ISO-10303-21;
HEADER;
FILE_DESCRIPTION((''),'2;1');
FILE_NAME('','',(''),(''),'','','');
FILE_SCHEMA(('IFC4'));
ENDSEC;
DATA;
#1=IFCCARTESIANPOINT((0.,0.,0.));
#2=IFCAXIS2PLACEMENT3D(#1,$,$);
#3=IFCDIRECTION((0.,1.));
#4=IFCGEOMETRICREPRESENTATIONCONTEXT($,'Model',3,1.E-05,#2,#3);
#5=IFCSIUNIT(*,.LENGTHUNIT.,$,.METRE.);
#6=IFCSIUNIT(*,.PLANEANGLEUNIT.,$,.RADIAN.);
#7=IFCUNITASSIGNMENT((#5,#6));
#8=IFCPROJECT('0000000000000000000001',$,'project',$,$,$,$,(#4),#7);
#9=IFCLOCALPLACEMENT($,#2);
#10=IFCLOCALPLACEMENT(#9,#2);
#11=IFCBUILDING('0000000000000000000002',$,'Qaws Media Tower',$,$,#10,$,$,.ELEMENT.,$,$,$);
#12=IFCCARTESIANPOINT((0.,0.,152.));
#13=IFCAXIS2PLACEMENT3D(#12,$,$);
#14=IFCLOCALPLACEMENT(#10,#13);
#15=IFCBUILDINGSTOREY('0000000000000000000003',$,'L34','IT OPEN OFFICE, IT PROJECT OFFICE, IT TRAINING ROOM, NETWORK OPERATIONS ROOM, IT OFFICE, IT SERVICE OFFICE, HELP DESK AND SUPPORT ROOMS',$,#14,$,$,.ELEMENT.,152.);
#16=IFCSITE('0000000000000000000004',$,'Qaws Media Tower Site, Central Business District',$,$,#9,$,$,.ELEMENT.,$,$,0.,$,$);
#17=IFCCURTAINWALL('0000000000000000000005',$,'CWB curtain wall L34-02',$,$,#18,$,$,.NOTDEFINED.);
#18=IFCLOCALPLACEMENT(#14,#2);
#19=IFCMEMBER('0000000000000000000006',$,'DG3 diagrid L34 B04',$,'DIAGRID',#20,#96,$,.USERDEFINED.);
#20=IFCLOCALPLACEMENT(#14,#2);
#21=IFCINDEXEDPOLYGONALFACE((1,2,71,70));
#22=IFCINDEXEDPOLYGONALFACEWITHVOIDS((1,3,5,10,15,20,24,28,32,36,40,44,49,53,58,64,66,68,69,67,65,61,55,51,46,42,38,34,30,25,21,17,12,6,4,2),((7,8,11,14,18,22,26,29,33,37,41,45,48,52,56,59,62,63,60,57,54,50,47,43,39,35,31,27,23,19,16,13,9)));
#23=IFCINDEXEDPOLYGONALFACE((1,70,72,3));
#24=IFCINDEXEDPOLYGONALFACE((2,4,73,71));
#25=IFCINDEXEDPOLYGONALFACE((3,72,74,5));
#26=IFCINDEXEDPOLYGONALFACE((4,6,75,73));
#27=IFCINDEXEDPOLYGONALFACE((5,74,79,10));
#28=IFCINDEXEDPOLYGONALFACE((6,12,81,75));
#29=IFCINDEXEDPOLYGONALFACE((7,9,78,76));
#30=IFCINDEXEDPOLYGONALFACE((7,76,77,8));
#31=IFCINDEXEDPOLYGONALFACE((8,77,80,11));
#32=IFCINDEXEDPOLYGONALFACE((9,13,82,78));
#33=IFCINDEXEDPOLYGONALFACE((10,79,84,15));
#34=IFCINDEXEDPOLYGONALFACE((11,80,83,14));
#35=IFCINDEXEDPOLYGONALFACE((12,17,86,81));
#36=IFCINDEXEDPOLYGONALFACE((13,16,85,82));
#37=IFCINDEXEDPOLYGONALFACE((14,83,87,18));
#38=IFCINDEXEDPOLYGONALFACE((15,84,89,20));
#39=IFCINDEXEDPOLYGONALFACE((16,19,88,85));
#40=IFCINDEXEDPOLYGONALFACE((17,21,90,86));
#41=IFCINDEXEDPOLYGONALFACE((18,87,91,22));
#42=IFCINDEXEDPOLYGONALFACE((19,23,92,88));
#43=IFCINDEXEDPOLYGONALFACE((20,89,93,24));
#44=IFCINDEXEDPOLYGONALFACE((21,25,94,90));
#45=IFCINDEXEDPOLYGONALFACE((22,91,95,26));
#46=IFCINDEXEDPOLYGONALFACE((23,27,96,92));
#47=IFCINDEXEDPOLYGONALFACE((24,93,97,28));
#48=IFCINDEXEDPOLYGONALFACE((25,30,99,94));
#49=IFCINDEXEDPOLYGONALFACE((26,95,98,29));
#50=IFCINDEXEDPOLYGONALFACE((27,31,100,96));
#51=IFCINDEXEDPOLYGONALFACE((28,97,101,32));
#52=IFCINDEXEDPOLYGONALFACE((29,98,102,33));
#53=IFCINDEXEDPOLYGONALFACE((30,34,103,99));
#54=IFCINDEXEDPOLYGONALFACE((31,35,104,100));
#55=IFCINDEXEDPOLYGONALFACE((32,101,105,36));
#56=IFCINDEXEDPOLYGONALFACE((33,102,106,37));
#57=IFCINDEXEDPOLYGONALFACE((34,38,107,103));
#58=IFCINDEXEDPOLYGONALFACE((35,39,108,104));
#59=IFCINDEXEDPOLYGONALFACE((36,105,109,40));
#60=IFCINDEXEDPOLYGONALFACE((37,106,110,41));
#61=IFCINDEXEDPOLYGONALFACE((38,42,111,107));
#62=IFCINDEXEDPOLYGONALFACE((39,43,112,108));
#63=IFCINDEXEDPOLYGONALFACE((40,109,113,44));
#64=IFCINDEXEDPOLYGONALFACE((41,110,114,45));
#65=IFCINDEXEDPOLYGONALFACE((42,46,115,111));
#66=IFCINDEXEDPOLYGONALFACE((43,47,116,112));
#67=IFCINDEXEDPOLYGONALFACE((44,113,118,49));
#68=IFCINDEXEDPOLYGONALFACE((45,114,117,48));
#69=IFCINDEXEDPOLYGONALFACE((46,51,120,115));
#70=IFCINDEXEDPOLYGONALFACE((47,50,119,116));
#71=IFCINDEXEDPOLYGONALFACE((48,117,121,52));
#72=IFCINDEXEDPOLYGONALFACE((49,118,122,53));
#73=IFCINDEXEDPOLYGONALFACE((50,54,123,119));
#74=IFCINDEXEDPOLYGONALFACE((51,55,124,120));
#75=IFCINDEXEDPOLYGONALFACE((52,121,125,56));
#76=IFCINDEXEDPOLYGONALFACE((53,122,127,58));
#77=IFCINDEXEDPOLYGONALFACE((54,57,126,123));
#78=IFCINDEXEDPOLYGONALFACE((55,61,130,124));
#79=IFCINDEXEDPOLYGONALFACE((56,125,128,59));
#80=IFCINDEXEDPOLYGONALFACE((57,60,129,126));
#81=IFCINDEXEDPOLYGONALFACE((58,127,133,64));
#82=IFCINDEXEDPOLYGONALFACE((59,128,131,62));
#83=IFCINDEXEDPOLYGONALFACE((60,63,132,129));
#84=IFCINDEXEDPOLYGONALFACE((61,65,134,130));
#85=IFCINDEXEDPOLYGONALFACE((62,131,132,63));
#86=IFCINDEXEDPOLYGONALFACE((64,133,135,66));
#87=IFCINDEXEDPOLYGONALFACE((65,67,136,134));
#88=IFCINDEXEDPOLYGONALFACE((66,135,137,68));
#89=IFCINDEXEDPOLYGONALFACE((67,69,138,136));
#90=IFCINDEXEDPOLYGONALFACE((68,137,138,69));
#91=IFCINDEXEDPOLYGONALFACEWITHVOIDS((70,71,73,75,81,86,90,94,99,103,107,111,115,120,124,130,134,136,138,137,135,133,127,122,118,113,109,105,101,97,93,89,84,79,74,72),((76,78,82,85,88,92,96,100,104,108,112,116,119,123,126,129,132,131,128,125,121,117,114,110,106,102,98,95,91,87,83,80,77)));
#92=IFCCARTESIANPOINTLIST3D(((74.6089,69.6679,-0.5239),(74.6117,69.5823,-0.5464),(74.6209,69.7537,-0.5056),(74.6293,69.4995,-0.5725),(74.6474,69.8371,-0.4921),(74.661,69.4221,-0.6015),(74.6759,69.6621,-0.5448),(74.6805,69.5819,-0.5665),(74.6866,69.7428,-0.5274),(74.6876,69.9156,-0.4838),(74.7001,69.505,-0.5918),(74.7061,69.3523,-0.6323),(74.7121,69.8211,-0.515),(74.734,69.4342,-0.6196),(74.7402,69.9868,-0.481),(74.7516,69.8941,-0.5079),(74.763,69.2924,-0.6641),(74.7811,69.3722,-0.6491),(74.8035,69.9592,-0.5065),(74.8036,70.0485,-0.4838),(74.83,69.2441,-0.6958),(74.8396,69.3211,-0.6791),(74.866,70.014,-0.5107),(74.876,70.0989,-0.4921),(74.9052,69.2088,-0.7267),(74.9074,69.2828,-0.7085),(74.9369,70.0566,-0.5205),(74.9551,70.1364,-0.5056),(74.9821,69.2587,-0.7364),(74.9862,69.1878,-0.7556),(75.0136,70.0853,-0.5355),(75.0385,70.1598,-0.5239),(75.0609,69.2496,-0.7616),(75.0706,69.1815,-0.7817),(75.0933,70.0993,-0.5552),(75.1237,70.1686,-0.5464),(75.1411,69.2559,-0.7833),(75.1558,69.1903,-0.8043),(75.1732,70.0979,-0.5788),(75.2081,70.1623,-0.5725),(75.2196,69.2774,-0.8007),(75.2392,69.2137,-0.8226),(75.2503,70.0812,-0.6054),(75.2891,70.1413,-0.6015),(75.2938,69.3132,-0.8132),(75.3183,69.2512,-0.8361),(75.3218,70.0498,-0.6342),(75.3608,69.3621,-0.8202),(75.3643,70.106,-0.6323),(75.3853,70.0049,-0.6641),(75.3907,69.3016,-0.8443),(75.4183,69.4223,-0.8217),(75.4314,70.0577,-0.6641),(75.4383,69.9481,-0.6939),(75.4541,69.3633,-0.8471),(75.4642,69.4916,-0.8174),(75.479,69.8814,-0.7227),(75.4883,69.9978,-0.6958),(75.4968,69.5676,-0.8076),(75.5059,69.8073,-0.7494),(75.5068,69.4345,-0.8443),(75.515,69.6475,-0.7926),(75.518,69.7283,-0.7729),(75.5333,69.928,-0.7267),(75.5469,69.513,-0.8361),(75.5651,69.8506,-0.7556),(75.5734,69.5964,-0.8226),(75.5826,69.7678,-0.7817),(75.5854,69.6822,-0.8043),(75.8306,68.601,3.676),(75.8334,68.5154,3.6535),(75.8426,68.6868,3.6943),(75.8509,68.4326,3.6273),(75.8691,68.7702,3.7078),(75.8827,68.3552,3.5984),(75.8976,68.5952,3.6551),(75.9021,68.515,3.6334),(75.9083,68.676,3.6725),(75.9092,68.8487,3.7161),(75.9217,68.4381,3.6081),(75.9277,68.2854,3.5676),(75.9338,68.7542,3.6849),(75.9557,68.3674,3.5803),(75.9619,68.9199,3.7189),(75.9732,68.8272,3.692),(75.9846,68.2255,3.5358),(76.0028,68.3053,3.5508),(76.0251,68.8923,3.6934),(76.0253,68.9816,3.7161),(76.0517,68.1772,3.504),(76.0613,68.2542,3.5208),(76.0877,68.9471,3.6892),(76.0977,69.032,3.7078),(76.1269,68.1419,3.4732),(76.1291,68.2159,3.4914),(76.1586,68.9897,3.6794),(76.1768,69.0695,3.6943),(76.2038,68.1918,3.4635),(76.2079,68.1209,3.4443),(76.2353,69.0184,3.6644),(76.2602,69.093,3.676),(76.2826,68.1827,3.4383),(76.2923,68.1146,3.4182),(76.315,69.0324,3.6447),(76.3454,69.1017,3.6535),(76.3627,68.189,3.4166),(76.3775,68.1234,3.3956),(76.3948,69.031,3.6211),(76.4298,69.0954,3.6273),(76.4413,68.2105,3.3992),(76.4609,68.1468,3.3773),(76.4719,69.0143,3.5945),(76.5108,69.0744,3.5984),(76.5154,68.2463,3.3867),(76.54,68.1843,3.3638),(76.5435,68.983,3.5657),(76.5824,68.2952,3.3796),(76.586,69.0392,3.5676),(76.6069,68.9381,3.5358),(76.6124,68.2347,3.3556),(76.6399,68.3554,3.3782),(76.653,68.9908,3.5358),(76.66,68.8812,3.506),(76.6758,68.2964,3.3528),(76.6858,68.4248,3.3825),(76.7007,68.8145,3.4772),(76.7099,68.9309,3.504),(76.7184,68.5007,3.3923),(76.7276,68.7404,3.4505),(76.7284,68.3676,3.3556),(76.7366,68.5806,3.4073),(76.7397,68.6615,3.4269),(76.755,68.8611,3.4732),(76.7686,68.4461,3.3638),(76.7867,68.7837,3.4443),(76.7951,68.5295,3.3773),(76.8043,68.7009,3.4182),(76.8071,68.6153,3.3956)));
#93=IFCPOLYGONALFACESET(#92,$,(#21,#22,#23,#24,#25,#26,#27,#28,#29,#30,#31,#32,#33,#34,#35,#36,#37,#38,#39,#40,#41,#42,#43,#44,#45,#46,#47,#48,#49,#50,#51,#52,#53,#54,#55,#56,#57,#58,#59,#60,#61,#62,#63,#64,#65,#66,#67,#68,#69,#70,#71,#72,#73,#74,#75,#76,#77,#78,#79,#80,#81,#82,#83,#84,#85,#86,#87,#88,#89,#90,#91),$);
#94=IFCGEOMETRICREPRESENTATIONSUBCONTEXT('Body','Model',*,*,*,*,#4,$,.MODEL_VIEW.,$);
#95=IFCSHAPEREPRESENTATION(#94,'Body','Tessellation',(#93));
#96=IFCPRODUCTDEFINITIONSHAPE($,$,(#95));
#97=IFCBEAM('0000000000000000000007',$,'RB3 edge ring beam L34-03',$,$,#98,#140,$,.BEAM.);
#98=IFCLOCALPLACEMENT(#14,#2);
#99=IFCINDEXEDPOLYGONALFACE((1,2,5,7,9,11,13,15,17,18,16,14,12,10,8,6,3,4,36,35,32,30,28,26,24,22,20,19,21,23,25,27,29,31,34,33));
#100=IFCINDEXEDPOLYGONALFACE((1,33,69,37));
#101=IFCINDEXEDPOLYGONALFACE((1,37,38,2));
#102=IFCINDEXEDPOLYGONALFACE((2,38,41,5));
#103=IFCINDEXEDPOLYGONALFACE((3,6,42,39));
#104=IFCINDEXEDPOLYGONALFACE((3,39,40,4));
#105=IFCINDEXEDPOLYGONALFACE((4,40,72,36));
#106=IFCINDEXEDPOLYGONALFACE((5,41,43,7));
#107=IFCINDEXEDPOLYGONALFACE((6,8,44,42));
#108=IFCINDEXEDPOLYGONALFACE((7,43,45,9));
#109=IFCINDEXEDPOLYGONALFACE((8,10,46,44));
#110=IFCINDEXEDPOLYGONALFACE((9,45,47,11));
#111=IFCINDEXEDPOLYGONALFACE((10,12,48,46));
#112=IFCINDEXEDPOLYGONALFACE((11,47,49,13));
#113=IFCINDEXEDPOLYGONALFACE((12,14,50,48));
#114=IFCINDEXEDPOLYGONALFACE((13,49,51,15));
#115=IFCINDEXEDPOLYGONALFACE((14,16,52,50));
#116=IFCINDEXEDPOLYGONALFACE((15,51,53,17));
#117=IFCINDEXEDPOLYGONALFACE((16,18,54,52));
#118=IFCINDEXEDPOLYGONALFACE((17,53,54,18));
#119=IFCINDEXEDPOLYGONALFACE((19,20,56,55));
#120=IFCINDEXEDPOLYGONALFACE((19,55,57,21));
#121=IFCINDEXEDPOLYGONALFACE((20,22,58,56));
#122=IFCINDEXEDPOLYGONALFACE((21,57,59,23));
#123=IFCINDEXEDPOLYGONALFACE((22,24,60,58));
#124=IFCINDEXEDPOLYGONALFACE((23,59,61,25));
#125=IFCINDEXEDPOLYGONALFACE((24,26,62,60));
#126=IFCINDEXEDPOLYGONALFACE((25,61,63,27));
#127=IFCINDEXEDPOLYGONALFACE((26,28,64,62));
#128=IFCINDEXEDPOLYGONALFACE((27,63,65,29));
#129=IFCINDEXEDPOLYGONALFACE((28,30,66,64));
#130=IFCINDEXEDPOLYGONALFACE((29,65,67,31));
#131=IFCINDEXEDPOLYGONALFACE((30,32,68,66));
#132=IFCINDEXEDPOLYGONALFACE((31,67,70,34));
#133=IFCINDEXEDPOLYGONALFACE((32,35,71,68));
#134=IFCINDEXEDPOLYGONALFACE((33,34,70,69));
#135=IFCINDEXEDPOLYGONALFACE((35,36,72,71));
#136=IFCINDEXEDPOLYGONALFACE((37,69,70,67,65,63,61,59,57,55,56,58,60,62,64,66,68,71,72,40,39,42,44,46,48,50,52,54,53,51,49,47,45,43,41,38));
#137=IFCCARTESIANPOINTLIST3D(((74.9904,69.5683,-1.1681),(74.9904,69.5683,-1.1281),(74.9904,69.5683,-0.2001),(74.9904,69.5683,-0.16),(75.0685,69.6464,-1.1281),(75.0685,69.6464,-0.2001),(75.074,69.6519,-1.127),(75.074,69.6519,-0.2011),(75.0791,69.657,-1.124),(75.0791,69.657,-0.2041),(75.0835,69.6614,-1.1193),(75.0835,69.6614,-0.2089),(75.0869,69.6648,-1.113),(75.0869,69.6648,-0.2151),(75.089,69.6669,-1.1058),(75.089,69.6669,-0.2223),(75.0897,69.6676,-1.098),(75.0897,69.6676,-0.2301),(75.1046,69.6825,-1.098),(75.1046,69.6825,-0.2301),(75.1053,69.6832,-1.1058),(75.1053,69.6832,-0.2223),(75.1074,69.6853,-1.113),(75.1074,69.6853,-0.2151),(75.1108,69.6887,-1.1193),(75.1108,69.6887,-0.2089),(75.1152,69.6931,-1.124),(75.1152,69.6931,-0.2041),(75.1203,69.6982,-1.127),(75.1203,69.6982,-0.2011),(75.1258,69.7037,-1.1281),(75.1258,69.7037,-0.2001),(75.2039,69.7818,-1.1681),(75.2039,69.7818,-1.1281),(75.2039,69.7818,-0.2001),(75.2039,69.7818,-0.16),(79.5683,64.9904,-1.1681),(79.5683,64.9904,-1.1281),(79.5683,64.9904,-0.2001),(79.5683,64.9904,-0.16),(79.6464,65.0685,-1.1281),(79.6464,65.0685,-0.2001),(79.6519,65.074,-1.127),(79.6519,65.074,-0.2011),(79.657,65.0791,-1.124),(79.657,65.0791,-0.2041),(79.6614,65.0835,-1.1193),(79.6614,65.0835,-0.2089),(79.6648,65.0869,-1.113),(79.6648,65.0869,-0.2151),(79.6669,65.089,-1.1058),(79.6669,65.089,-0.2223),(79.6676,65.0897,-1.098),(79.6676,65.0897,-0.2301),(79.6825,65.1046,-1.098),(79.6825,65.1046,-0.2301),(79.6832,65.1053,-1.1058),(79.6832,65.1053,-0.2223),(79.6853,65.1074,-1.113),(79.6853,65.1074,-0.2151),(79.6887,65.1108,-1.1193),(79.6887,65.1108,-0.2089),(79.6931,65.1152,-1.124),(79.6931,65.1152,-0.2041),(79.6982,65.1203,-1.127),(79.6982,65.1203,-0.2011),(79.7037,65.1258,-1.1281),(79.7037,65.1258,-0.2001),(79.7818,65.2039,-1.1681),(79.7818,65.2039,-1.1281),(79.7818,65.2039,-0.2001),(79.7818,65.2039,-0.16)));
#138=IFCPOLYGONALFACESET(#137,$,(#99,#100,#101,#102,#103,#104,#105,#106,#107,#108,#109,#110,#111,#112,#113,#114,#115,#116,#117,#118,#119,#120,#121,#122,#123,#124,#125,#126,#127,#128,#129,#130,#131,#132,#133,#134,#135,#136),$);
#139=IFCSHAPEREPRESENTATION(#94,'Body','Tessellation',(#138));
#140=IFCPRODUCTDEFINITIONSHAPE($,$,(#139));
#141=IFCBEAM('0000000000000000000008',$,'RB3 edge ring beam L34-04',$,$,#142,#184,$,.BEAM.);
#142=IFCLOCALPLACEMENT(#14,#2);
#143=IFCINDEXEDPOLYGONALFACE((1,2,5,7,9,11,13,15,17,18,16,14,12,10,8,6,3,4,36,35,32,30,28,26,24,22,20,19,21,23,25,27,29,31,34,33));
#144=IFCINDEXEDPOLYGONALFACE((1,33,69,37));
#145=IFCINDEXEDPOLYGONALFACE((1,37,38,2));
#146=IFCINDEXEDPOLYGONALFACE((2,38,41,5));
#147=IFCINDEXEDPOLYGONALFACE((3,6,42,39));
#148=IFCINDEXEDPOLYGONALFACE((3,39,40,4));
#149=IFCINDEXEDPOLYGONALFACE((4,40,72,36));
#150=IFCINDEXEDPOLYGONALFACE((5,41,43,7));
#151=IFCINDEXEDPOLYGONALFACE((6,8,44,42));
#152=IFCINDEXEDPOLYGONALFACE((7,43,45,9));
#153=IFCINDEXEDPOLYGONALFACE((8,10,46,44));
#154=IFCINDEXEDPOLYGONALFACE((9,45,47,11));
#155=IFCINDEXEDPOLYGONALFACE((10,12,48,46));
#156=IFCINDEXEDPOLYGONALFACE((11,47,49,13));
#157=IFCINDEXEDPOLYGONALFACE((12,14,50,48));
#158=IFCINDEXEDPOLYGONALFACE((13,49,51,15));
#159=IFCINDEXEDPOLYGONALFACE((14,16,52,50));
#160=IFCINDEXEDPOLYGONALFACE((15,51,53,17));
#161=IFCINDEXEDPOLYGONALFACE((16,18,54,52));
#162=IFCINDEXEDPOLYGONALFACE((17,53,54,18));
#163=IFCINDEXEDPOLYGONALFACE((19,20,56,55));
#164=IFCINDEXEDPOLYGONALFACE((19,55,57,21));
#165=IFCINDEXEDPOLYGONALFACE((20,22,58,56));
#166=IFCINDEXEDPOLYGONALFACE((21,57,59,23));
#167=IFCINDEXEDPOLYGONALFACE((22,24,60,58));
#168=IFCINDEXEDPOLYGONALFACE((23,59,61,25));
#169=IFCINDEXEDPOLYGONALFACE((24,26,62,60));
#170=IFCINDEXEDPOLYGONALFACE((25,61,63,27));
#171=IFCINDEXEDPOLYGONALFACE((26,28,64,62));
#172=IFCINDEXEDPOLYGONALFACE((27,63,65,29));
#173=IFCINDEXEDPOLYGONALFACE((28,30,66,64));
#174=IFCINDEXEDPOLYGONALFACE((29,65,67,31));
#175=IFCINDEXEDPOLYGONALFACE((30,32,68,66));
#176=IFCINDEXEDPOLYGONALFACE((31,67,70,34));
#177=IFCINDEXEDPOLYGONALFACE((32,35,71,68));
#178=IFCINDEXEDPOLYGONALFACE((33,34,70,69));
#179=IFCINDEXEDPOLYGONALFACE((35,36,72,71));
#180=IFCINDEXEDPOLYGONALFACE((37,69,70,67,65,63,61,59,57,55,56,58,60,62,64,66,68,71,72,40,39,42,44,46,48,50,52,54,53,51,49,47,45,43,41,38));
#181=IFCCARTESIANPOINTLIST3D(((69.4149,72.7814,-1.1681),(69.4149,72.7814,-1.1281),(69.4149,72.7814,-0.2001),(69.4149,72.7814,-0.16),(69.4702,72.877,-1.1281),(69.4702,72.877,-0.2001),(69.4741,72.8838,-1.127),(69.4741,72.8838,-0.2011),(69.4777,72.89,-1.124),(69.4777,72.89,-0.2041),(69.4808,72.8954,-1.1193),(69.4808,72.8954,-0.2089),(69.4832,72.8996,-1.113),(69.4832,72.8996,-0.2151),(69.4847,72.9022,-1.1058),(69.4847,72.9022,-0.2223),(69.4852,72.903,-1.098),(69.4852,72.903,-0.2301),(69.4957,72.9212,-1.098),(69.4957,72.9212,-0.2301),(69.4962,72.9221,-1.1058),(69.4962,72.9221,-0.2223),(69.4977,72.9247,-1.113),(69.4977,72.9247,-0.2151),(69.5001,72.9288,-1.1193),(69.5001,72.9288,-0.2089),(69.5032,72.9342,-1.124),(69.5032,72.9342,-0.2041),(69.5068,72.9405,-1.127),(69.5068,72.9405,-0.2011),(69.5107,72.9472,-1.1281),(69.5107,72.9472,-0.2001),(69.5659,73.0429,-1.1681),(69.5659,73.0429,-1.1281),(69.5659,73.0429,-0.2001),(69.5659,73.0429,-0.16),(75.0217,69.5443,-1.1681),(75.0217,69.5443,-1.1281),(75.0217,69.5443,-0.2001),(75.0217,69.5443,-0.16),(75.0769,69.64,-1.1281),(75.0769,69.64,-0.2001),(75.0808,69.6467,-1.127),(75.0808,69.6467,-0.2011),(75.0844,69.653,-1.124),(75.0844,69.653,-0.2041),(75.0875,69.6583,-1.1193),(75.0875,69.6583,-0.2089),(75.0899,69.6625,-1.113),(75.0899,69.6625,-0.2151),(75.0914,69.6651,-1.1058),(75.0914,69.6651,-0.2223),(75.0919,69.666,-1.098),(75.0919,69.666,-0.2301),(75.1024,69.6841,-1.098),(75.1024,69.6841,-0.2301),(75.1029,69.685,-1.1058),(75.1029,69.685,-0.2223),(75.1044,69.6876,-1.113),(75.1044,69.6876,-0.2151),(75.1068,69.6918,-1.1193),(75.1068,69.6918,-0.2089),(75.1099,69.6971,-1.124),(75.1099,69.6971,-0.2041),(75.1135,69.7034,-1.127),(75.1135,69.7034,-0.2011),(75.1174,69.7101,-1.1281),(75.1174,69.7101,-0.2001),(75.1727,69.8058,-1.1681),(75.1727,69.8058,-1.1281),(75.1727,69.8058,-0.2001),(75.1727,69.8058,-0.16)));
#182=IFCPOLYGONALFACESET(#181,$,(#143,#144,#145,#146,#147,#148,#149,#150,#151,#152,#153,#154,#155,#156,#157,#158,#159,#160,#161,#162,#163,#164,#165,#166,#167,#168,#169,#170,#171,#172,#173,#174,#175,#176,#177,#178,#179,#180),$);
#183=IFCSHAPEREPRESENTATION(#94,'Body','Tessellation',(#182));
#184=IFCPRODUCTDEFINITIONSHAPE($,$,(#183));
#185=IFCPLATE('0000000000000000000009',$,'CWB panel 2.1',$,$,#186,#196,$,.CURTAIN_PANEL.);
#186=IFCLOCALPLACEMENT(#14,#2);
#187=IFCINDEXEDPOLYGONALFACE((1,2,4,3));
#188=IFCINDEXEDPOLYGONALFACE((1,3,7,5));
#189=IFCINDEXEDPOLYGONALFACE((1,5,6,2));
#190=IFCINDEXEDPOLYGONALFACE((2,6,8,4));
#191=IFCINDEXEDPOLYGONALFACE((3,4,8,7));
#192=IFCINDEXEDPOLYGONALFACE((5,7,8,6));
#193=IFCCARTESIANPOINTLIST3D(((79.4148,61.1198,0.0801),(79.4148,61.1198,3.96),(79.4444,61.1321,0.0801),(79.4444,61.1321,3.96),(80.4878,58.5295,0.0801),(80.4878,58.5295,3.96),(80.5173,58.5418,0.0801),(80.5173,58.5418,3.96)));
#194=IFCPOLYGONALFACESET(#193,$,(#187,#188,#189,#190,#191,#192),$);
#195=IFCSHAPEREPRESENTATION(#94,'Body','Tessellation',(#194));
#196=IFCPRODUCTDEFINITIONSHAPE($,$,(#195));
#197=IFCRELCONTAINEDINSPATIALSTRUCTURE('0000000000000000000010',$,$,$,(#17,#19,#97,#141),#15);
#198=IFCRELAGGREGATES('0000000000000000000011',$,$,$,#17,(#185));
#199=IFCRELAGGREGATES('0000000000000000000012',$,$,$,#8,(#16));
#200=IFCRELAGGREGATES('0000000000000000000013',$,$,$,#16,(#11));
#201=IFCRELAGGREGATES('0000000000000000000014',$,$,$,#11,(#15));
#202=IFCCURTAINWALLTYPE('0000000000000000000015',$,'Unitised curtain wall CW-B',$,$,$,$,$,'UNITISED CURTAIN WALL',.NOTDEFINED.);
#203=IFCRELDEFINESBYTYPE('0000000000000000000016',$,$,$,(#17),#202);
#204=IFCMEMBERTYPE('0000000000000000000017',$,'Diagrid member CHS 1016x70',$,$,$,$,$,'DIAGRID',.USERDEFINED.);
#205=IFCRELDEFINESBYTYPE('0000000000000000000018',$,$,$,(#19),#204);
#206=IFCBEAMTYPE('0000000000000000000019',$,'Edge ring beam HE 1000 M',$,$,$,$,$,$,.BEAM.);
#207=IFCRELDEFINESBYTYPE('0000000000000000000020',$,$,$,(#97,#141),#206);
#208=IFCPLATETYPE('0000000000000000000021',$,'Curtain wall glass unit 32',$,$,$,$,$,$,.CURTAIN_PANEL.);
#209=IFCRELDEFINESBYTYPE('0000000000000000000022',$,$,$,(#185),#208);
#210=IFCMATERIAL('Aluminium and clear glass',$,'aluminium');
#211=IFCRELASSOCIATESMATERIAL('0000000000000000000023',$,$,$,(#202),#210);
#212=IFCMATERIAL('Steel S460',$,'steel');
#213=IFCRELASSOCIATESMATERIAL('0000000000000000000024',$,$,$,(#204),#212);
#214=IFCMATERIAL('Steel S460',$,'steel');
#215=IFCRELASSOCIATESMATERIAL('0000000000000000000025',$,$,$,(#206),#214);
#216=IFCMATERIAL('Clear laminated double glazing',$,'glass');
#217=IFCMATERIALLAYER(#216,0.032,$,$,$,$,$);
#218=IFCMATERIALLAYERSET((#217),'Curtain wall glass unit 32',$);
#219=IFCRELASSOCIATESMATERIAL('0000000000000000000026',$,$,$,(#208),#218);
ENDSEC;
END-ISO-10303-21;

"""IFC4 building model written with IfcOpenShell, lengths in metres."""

from ifc_helpers import new_model, si_unit, direction, frame, origin, origin_2d, place, context, subcontext, project, spatial, rectangle, hollow_circle, i_section, extrude, material, layer, layer_set, material_profile, profile_set, type_object, element, aggregate, save


model = new_model("IFC4")

# Units and contexts
model_context = context("Model", 3, precision=1e-05, world=origin(), true_north=direction((0.0, 1.0)))
body_context = subcontext(model_context, "Body", "Model", "MODEL_VIEW")
ifc_project = project(units=[si_unit("LENGTHUNIT", "METRE"), si_unit("PLANEANGLEUNIT", "RADIAN")], contexts=[model_context])

# Site, building, storey
site_placement = place(None, origin())
site = spatial("IfcSite", under=ifc_project, at=site_placement, Name="Qaws Media Tower Site, Central Business District", CompositionType="ELEMENT", RefElevation=0.0)
building_placement = place(site_placement, origin())
building = spatial("IfcBuilding", under=site, at=building_placement, Name="Qaws Media Tower", CompositionType="ELEMENT")
storey_placement = place(building_placement, frame((0.0, 0.0, 152.0)))
storey = spatial("IfcBuildingStorey", under=building, at=storey_placement, Name="L34", Description="IT OPEN OFFICE, IT PROJECT OFFICE, IT TRAINING ROOM, NETWORK OPERATIONS ROOM, IT OFFICE, IT SERVICE OFFICE, HELP DESK AND SUPPORT ROOMS", CompositionType="ELEMENT", Elevation=152.0)

# Curtain wall
ifc_material_1 = material(Name="Aluminium and clear glass", Category="aluminium")
curtain_wall_type = type_object("IfcCurtainWallType", Name="Unitised curtain wall CW-B", ElementType="UNITISED CURTAIN WALL", PredefinedType="NOTDEFINED", material=ifc_material_1)
curtain_wall_1_placement = place(storey_placement, origin())
curtain_wall_1 = element("IfcCurtainWall", 1, at=curtain_wall_1_placement, inside=storey, type_object=curtain_wall_type, Name="CWB curtain wall L34-02", PredefinedType="NOTDEFINED")

# Member
ifc_material_2 = material(Name="Steel S460", Category="steel")
ifc_material_profile_1 = material_profile(ifc_material_2, hollow_circle(Radius=0.5081, WallThickness=0.0701, at=origin_2d()), Name="CHS 1016x70")
ifc_profile_set_1 = profile_set([ifc_material_profile_1], Name="Steel S460")
member_type_1 = type_object("IfcMemberType", Name="Diagrid member CHS 1016x70", ElementType="DIAGRID", PredefinedType="USERDEFINED", material=ifc_profile_set_1)
for number, where, z_axis, x_axis, name in (
    (2, (75.0972, 69.675, -0.6641), (0.271348, -0.236969, 0.932854), (0.65778, 0.75321, 0.0), "DG3 diagrid L34 B04"),
):
    element("IfcMember", number, at=place(storey_placement, frame(where, z_axis=z_axis, x_axis=x_axis)), inside=storey, type_object=member_type_1, Name=name, ObjectType="DIAGRID", PredefinedType="USERDEFINED", context=body_context, shape_type="SweptSolid", body=[
        extrude(hollow_circle(Radius=0.5081, WallThickness=0.0701, at=origin_2d()), origin(), (0.0, 0.0, 1.0), 4.5022),
    ])

# Beams
ifc_material_3 = material(Name="Steel S460", Category="steel")
ifc_material_profile_2 = material_profile(ifc_material_3, i_section(OverallWidth=0.302, OverallDepth=1.0081, WebThickness=0.021, FlangeThickness=0.04, FilletRadius=0.03, at=origin_2d()), Name="HE 1000 M")
ifc_profile_set_2 = profile_set([ifc_material_profile_2], Name="Steel S460")
beam_type = type_object("IfcBeamType", Name="Edge ring beam HE 1000 M", PredefinedType="BEAM", material=ifc_profile_set_2)
for number, where, z_axis, x_axis, name in (
    (3, (79.675, 65.0972, -0.6641), (-0.707107, 0.707107, 0.0), (-0.707107, -0.707107, 0.0), "RB3 edge ring beam L34-03"),
    (4, (75.0972, 69.675, -0.6641), (-0.866023, 0.500004, 0.0), (-0.500004, -0.866023, 0.0), "RB3 edge ring beam L34-04"),
):
    element("IfcBeam", number, at=place(storey_placement, frame(where, z_axis=z_axis, x_axis=x_axis)), inside=storey, type_object=beam_type, Name=name, PredefinedType="BEAM", context=body_context, shape_type="SweptSolid", body=[
        extrude(i_section(OverallWidth=0.302, OverallDepth=1.0081, WebThickness=0.021, FlangeThickness=0.04, FilletRadius=0.03, at=origin_2d()), origin(), (0.0, 0.0, 1.0), 6.4741),
    ])

# Plate
ifc_material_4 = material(Name="Clear laminated double glazing", Category="glass")
ifc_layer_1 = layer(ifc_material_4, 0.032)
ifc_layer_set_1 = layer_set([ifc_layer_1], Name="Curtain wall glass unit 32")
plate_type_1 = type_object("IfcPlateType", Name="Curtain wall glass unit 32", PredefinedType="CURTAIN_PANEL", material=ifc_layer_set_1)
plate_1_placement = place(storey_placement, frame((79.9661, 59.8308, 0.0801), z_axis=(0.0, 0.0, 1.0), x_axis=(-0.382684, 0.923879, 0.0)))
plate_1 = element("IfcPlate", 5, at=plate_1_placement, type_object=plate_type_1, Name="CWB panel 2.1", PredefinedType="CURTAIN_PANEL", context=body_context, shape_type="SweptSolid", body=[
    extrude(rectangle(XDim=2.8037, YDim=0.032, at=origin_2d()), origin(), (0.0, 0.0, 1.0), 3.8799),
])
aggregate(curtain_wall_1, [plate_1])

save(model, "model.ifc")
